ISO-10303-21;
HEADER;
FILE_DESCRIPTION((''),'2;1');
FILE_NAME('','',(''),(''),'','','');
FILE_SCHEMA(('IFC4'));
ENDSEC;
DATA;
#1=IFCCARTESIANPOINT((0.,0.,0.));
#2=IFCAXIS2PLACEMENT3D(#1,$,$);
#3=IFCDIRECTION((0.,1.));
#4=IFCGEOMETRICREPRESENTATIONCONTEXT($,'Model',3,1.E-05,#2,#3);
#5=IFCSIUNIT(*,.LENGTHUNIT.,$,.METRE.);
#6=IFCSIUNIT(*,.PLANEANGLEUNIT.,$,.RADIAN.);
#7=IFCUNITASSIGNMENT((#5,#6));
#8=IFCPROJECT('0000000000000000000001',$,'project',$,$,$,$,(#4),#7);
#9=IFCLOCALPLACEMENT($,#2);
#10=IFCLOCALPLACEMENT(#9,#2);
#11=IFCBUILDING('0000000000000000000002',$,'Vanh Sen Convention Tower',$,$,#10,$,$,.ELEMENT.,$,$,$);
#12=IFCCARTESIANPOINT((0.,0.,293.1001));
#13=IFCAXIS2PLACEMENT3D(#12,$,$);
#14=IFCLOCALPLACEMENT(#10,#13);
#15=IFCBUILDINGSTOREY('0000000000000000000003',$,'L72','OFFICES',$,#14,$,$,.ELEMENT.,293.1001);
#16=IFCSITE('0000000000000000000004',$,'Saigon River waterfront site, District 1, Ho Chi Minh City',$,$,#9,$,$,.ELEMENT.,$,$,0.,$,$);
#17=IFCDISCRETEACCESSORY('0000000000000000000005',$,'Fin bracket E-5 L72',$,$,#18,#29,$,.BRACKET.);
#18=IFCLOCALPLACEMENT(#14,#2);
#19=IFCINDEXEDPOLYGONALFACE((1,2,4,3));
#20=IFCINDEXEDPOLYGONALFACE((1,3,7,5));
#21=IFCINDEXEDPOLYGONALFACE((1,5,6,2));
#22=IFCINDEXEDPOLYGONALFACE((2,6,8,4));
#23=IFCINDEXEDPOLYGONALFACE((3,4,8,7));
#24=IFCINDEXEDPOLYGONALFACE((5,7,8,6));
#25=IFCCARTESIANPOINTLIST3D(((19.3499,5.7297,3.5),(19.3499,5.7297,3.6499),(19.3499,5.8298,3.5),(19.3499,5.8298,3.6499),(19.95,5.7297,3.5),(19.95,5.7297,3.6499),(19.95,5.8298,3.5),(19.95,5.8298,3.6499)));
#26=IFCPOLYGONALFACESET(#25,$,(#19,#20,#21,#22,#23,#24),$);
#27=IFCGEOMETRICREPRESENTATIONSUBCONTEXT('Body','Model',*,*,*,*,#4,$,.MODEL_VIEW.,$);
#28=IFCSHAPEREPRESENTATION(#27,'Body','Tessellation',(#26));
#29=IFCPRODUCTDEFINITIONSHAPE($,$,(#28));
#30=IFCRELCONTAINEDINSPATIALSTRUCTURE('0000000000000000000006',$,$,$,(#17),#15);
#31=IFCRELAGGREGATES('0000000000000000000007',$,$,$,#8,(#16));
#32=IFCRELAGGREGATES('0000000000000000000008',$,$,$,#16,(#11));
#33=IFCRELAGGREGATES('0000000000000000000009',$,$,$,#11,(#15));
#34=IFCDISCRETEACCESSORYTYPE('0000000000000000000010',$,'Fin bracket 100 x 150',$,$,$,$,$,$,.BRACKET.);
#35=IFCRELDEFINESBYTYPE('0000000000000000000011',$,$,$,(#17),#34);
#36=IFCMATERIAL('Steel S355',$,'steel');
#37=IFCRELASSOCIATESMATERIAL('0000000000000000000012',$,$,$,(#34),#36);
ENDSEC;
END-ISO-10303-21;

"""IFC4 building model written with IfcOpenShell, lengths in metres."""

from ifc_helpers import new_model, si_unit, direction, frame, origin, origin_2d, place, context, subcontext, project, spatial, rectangle, extrude, material, type_object, element, save


model = new_model("IFC4")

# Units and contexts
model_context = context("Model", 3, precision=1e-05, world=origin(), true_north=direction((0.0, 1.0)))
body_context = subcontext(model_context, "Body", "Model", "MODEL_VIEW")
ifc_project = project(units=[si_unit("LENGTHUNIT", "METRE"), si_unit("PLANEANGLEUNIT", "RADIAN")], contexts=[model_context])

# Site, building, storey
site_placement = place(None, origin())
site = spatial("IfcSite", under=ifc_project, at=site_placement, Name="Saigon River waterfront site, District 1, Ho Chi Minh City", CompositionType="ELEMENT", RefElevation=0.0)
building_placement = place(site_placement, origin())
building = spatial("IfcBuilding", under=site, at=building_placement, Name="Vanh Sen Convention Tower", CompositionType="ELEMENT")
storey_placement = place(building_placement, frame((0.0, 0.0, 293.1001)))
storey = spatial("IfcBuildingStorey", under=building, at=storey_placement, Name="L72", Description="OFFICES", CompositionType="ELEMENT", Elevation=293.1001)

# Discrete accessory
ifc_material_1 = material(Name="Steel S355", Category="steel")
discrete_accessory_type = type_object("IfcDiscreteAccessoryType", Name="Fin bracket 100 x 150", PredefinedType="BRACKET", material=ifc_material_1)
discrete_accessory_placement = place(storey_placement, frame((19.6499, 5.7798, 3.5), z_axis=(0.0, 0.0, 1.0), x_axis=(1.0, 0.0, 0.0)))
element("IfcDiscreteAccessory", 1, at=discrete_accessory_placement, inside=storey, type_object=discrete_accessory_type, Name="Fin bracket E-5 L72", PredefinedType="BRACKET", context=body_context, shape_type="SweptSolid", body=[
    extrude(rectangle(XDim=0.6001, YDim=0.1001, at=origin_2d()), origin(), (0.0, 0.0, 1.0), 0.1499),
])

save(model, "model.ifc")
